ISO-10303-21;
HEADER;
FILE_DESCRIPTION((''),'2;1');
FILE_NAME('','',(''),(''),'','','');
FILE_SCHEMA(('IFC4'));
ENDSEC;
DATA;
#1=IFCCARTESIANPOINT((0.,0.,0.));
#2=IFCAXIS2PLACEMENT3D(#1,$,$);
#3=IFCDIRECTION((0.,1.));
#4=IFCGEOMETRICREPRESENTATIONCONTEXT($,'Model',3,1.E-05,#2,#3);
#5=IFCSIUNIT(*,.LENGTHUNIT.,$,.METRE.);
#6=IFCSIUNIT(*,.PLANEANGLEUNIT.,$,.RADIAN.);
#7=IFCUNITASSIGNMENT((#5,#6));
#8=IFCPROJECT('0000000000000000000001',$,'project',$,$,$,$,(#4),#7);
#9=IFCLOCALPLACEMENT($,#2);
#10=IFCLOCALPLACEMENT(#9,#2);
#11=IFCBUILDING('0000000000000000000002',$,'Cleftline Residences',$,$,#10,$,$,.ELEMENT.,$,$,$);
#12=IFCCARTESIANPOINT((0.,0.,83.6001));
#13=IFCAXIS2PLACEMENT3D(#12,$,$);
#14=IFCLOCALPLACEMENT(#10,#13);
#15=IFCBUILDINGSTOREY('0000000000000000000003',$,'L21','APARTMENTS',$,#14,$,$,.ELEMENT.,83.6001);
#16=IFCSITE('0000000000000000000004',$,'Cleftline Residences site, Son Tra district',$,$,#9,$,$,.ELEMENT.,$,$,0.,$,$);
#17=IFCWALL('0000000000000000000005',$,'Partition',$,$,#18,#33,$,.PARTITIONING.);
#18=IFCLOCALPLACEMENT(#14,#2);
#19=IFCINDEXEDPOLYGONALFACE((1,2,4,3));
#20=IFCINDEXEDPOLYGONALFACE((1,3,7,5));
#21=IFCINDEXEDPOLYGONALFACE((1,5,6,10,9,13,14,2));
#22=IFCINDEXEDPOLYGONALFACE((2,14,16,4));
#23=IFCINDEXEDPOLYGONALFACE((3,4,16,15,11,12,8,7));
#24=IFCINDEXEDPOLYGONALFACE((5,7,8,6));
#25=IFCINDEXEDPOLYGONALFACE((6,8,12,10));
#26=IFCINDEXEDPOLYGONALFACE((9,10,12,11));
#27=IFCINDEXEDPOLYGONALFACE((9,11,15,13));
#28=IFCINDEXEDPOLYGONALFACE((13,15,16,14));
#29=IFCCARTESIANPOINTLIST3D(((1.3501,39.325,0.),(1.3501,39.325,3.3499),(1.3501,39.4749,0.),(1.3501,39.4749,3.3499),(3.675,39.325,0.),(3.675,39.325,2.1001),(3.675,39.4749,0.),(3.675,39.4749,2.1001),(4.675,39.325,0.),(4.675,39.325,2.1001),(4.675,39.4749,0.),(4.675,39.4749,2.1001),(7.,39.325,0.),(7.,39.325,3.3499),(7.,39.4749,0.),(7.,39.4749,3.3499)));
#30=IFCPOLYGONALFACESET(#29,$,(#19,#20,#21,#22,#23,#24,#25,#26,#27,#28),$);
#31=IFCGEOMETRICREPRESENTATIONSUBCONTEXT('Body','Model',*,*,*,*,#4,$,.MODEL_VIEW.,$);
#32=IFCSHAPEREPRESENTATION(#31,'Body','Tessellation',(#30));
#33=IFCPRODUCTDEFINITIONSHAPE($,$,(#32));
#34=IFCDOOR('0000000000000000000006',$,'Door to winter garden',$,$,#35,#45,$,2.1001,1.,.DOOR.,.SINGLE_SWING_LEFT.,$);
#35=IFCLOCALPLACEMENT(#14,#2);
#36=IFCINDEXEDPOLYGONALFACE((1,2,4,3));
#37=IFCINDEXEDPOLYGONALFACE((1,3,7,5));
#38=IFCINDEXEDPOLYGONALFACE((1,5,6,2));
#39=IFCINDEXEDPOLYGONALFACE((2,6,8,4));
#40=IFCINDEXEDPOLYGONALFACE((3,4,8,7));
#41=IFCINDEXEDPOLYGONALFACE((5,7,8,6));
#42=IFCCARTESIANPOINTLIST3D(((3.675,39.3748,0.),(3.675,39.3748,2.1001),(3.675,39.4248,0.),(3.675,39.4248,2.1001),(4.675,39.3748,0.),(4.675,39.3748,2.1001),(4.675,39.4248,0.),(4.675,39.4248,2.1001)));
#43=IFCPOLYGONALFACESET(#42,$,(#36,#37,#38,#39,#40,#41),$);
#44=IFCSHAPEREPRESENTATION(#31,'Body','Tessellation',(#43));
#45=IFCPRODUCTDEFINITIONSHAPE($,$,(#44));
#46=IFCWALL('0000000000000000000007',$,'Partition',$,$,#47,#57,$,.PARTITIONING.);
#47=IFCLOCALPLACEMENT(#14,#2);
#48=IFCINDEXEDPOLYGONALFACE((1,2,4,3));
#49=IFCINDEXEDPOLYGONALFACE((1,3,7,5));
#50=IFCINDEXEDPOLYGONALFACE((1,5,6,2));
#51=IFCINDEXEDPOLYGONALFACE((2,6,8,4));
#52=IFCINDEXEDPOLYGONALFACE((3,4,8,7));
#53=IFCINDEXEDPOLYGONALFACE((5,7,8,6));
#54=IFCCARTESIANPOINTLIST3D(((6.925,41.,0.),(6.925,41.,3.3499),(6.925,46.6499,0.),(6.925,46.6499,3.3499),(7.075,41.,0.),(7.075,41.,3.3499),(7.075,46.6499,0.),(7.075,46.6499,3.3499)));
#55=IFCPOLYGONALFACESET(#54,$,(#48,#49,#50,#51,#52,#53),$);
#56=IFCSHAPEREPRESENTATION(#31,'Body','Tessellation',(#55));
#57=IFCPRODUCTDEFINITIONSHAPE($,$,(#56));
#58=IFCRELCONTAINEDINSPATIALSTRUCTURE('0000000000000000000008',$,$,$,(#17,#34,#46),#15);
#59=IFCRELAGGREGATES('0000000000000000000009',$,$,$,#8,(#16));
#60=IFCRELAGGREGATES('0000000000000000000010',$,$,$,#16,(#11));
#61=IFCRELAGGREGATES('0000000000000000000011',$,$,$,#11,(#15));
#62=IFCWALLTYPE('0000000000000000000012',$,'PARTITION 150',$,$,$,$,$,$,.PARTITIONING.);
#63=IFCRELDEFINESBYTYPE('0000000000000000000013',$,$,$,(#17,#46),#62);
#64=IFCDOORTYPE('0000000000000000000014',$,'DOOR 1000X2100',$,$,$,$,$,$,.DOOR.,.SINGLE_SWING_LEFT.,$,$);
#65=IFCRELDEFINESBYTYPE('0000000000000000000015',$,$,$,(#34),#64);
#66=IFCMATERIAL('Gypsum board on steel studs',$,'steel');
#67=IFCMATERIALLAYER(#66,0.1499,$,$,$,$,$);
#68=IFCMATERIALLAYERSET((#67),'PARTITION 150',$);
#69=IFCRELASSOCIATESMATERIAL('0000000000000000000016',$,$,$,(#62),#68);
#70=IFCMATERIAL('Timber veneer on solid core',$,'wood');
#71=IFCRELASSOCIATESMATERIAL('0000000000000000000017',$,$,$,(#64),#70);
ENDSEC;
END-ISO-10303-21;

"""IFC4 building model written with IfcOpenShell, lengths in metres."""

from ifc_helpers import new_model, si_unit, direction, frame, frame_2d, origin, place, context, subcontext, project, spatial, rectangle, extrude, material, layer, layer_set, type_object, element, fill, save


model = new_model("IFC4")

# Units and contexts
model_context = context("Model", 3, precision=1e-05, world=origin(), true_north=direction((0.0, 1.0)))
body_context = subcontext(model_context, "Body", "Model", "MODEL_VIEW")
ifc_project = project(units=[si_unit("LENGTHUNIT", "METRE"), si_unit("PLANEANGLEUNIT", "RADIAN")], contexts=[model_context])

# Site, building, storey
site_placement = place(None, origin())
site = spatial("IfcSite", under=ifc_project, at=site_placement, Name="Cleftline Residences site, Son Tra district", CompositionType="ELEMENT", RefElevation=0.0)
building_placement = place(site_placement, origin())
building = spatial("IfcBuilding", under=site, at=building_placement, Name="Cleftline Residences", CompositionType="ELEMENT")
storey_placement = place(building_placement, frame((0.0, 0.0, 83.6001)))
storey = spatial("IfcBuildingStorey", under=building, at=storey_placement, Name="L21", Description="APARTMENTS", CompositionType="ELEMENT", Elevation=83.6001)

# Wall, opening, door
ifc_material_1 = material(Name="Gypsum board on steel studs", Category="steel")
ifc_layer_1 = layer(ifc_material_1, 0.1499)
ifc_layer_set_1 = layer_set([ifc_layer_1], Name="PARTITION 150")
wall_type_1 = type_object("IfcWallType", Name="PARTITION 150", PredefinedType="PARTITIONING", material=ifc_layer_set_1)
wall_1_placement = place(storey_placement, frame((1.3501, 39.3999, 0.0), z_axis=(0.0, 0.0, 1.0), x_axis=(1.0, 0.0, 0.0)))
wall_1 = element("IfcWall", 1, at=wall_1_placement, inside=storey, type_object=wall_type_1, Name="Partition", PredefinedType="PARTITIONING", context=body_context, shape_type="SweptSolid", body=[
    extrude(rectangle(XDim=5.6499, YDim=0.1499, at=frame_2d((2.825, 0.0))), origin(), (0.0, 0.0, 1.0), 3.3499),
])
opening_1_placement = place(wall_1_placement, frame((2.325, 0.0, 0.0)))
opening_1 = element("IfcOpeningElement", 2, at=opening_1_placement, cuts=wall_1, PredefinedType="OPENING", context=body_context, shape_type="SweptSolid", body=[
    extrude(rectangle(XDim=1.0, YDim=2.1001, at=frame_2d((0.5, 1.05))), frame((0.0, 0.085, 0.0), z_axis=(0.0, -1.0, 0.0), x_axis=(1.0, 0.0, 0.0)), (0.0, 0.0, 1.0), 0.1699),
])
ifc_material_2 = material(Name="Timber veneer on solid core", Category="wood")
door_type = type_object("IfcDoorType", Name="DOOR 1000X2100", OperationType="SINGLE_SWING_LEFT", PredefinedType="DOOR", material=ifc_material_2)
door_placement = place(opening_1_placement, origin())
door = element("IfcDoor", 3, at=door_placement, inside=storey, type_object=door_type, Name="Door to winter garden", OperationType="SINGLE_SWING_LEFT", OverallHeight=2.1001, OverallWidth=1.0, PredefinedType="DOOR", context=body_context, shape_type="SweptSolid", body=[
    extrude(rectangle(XDim=1.0, YDim=2.1001, at=frame_2d((0.5, 1.05))), frame((0.0, 0.0249, 0.0), z_axis=(0.0, -1.0, 0.0), x_axis=(1.0, 0.0, 0.0)), (0.0, 0.0, 1.0), 0.05),
])
fill(opening_1, door)

# Wall
wall_2_placement = place(storey_placement, frame((7.0, 41.0, 0.0), z_axis=(0.0, 0.0, 1.0), x_axis=(0.0, 1.0, 0.0)))
element("IfcWall", 4, at=wall_2_placement, inside=storey, type_object=wall_type_1, Name="Partition", PredefinedType="PARTITIONING", context=body_context, shape_type="SweptSolid", body=[
    extrude(rectangle(XDim=5.6499, YDim=0.1499, at=frame_2d((2.825, 0.0))), origin(), (0.0, 0.0, 1.0), 3.3499),
])

save(model, "model.ifc")
